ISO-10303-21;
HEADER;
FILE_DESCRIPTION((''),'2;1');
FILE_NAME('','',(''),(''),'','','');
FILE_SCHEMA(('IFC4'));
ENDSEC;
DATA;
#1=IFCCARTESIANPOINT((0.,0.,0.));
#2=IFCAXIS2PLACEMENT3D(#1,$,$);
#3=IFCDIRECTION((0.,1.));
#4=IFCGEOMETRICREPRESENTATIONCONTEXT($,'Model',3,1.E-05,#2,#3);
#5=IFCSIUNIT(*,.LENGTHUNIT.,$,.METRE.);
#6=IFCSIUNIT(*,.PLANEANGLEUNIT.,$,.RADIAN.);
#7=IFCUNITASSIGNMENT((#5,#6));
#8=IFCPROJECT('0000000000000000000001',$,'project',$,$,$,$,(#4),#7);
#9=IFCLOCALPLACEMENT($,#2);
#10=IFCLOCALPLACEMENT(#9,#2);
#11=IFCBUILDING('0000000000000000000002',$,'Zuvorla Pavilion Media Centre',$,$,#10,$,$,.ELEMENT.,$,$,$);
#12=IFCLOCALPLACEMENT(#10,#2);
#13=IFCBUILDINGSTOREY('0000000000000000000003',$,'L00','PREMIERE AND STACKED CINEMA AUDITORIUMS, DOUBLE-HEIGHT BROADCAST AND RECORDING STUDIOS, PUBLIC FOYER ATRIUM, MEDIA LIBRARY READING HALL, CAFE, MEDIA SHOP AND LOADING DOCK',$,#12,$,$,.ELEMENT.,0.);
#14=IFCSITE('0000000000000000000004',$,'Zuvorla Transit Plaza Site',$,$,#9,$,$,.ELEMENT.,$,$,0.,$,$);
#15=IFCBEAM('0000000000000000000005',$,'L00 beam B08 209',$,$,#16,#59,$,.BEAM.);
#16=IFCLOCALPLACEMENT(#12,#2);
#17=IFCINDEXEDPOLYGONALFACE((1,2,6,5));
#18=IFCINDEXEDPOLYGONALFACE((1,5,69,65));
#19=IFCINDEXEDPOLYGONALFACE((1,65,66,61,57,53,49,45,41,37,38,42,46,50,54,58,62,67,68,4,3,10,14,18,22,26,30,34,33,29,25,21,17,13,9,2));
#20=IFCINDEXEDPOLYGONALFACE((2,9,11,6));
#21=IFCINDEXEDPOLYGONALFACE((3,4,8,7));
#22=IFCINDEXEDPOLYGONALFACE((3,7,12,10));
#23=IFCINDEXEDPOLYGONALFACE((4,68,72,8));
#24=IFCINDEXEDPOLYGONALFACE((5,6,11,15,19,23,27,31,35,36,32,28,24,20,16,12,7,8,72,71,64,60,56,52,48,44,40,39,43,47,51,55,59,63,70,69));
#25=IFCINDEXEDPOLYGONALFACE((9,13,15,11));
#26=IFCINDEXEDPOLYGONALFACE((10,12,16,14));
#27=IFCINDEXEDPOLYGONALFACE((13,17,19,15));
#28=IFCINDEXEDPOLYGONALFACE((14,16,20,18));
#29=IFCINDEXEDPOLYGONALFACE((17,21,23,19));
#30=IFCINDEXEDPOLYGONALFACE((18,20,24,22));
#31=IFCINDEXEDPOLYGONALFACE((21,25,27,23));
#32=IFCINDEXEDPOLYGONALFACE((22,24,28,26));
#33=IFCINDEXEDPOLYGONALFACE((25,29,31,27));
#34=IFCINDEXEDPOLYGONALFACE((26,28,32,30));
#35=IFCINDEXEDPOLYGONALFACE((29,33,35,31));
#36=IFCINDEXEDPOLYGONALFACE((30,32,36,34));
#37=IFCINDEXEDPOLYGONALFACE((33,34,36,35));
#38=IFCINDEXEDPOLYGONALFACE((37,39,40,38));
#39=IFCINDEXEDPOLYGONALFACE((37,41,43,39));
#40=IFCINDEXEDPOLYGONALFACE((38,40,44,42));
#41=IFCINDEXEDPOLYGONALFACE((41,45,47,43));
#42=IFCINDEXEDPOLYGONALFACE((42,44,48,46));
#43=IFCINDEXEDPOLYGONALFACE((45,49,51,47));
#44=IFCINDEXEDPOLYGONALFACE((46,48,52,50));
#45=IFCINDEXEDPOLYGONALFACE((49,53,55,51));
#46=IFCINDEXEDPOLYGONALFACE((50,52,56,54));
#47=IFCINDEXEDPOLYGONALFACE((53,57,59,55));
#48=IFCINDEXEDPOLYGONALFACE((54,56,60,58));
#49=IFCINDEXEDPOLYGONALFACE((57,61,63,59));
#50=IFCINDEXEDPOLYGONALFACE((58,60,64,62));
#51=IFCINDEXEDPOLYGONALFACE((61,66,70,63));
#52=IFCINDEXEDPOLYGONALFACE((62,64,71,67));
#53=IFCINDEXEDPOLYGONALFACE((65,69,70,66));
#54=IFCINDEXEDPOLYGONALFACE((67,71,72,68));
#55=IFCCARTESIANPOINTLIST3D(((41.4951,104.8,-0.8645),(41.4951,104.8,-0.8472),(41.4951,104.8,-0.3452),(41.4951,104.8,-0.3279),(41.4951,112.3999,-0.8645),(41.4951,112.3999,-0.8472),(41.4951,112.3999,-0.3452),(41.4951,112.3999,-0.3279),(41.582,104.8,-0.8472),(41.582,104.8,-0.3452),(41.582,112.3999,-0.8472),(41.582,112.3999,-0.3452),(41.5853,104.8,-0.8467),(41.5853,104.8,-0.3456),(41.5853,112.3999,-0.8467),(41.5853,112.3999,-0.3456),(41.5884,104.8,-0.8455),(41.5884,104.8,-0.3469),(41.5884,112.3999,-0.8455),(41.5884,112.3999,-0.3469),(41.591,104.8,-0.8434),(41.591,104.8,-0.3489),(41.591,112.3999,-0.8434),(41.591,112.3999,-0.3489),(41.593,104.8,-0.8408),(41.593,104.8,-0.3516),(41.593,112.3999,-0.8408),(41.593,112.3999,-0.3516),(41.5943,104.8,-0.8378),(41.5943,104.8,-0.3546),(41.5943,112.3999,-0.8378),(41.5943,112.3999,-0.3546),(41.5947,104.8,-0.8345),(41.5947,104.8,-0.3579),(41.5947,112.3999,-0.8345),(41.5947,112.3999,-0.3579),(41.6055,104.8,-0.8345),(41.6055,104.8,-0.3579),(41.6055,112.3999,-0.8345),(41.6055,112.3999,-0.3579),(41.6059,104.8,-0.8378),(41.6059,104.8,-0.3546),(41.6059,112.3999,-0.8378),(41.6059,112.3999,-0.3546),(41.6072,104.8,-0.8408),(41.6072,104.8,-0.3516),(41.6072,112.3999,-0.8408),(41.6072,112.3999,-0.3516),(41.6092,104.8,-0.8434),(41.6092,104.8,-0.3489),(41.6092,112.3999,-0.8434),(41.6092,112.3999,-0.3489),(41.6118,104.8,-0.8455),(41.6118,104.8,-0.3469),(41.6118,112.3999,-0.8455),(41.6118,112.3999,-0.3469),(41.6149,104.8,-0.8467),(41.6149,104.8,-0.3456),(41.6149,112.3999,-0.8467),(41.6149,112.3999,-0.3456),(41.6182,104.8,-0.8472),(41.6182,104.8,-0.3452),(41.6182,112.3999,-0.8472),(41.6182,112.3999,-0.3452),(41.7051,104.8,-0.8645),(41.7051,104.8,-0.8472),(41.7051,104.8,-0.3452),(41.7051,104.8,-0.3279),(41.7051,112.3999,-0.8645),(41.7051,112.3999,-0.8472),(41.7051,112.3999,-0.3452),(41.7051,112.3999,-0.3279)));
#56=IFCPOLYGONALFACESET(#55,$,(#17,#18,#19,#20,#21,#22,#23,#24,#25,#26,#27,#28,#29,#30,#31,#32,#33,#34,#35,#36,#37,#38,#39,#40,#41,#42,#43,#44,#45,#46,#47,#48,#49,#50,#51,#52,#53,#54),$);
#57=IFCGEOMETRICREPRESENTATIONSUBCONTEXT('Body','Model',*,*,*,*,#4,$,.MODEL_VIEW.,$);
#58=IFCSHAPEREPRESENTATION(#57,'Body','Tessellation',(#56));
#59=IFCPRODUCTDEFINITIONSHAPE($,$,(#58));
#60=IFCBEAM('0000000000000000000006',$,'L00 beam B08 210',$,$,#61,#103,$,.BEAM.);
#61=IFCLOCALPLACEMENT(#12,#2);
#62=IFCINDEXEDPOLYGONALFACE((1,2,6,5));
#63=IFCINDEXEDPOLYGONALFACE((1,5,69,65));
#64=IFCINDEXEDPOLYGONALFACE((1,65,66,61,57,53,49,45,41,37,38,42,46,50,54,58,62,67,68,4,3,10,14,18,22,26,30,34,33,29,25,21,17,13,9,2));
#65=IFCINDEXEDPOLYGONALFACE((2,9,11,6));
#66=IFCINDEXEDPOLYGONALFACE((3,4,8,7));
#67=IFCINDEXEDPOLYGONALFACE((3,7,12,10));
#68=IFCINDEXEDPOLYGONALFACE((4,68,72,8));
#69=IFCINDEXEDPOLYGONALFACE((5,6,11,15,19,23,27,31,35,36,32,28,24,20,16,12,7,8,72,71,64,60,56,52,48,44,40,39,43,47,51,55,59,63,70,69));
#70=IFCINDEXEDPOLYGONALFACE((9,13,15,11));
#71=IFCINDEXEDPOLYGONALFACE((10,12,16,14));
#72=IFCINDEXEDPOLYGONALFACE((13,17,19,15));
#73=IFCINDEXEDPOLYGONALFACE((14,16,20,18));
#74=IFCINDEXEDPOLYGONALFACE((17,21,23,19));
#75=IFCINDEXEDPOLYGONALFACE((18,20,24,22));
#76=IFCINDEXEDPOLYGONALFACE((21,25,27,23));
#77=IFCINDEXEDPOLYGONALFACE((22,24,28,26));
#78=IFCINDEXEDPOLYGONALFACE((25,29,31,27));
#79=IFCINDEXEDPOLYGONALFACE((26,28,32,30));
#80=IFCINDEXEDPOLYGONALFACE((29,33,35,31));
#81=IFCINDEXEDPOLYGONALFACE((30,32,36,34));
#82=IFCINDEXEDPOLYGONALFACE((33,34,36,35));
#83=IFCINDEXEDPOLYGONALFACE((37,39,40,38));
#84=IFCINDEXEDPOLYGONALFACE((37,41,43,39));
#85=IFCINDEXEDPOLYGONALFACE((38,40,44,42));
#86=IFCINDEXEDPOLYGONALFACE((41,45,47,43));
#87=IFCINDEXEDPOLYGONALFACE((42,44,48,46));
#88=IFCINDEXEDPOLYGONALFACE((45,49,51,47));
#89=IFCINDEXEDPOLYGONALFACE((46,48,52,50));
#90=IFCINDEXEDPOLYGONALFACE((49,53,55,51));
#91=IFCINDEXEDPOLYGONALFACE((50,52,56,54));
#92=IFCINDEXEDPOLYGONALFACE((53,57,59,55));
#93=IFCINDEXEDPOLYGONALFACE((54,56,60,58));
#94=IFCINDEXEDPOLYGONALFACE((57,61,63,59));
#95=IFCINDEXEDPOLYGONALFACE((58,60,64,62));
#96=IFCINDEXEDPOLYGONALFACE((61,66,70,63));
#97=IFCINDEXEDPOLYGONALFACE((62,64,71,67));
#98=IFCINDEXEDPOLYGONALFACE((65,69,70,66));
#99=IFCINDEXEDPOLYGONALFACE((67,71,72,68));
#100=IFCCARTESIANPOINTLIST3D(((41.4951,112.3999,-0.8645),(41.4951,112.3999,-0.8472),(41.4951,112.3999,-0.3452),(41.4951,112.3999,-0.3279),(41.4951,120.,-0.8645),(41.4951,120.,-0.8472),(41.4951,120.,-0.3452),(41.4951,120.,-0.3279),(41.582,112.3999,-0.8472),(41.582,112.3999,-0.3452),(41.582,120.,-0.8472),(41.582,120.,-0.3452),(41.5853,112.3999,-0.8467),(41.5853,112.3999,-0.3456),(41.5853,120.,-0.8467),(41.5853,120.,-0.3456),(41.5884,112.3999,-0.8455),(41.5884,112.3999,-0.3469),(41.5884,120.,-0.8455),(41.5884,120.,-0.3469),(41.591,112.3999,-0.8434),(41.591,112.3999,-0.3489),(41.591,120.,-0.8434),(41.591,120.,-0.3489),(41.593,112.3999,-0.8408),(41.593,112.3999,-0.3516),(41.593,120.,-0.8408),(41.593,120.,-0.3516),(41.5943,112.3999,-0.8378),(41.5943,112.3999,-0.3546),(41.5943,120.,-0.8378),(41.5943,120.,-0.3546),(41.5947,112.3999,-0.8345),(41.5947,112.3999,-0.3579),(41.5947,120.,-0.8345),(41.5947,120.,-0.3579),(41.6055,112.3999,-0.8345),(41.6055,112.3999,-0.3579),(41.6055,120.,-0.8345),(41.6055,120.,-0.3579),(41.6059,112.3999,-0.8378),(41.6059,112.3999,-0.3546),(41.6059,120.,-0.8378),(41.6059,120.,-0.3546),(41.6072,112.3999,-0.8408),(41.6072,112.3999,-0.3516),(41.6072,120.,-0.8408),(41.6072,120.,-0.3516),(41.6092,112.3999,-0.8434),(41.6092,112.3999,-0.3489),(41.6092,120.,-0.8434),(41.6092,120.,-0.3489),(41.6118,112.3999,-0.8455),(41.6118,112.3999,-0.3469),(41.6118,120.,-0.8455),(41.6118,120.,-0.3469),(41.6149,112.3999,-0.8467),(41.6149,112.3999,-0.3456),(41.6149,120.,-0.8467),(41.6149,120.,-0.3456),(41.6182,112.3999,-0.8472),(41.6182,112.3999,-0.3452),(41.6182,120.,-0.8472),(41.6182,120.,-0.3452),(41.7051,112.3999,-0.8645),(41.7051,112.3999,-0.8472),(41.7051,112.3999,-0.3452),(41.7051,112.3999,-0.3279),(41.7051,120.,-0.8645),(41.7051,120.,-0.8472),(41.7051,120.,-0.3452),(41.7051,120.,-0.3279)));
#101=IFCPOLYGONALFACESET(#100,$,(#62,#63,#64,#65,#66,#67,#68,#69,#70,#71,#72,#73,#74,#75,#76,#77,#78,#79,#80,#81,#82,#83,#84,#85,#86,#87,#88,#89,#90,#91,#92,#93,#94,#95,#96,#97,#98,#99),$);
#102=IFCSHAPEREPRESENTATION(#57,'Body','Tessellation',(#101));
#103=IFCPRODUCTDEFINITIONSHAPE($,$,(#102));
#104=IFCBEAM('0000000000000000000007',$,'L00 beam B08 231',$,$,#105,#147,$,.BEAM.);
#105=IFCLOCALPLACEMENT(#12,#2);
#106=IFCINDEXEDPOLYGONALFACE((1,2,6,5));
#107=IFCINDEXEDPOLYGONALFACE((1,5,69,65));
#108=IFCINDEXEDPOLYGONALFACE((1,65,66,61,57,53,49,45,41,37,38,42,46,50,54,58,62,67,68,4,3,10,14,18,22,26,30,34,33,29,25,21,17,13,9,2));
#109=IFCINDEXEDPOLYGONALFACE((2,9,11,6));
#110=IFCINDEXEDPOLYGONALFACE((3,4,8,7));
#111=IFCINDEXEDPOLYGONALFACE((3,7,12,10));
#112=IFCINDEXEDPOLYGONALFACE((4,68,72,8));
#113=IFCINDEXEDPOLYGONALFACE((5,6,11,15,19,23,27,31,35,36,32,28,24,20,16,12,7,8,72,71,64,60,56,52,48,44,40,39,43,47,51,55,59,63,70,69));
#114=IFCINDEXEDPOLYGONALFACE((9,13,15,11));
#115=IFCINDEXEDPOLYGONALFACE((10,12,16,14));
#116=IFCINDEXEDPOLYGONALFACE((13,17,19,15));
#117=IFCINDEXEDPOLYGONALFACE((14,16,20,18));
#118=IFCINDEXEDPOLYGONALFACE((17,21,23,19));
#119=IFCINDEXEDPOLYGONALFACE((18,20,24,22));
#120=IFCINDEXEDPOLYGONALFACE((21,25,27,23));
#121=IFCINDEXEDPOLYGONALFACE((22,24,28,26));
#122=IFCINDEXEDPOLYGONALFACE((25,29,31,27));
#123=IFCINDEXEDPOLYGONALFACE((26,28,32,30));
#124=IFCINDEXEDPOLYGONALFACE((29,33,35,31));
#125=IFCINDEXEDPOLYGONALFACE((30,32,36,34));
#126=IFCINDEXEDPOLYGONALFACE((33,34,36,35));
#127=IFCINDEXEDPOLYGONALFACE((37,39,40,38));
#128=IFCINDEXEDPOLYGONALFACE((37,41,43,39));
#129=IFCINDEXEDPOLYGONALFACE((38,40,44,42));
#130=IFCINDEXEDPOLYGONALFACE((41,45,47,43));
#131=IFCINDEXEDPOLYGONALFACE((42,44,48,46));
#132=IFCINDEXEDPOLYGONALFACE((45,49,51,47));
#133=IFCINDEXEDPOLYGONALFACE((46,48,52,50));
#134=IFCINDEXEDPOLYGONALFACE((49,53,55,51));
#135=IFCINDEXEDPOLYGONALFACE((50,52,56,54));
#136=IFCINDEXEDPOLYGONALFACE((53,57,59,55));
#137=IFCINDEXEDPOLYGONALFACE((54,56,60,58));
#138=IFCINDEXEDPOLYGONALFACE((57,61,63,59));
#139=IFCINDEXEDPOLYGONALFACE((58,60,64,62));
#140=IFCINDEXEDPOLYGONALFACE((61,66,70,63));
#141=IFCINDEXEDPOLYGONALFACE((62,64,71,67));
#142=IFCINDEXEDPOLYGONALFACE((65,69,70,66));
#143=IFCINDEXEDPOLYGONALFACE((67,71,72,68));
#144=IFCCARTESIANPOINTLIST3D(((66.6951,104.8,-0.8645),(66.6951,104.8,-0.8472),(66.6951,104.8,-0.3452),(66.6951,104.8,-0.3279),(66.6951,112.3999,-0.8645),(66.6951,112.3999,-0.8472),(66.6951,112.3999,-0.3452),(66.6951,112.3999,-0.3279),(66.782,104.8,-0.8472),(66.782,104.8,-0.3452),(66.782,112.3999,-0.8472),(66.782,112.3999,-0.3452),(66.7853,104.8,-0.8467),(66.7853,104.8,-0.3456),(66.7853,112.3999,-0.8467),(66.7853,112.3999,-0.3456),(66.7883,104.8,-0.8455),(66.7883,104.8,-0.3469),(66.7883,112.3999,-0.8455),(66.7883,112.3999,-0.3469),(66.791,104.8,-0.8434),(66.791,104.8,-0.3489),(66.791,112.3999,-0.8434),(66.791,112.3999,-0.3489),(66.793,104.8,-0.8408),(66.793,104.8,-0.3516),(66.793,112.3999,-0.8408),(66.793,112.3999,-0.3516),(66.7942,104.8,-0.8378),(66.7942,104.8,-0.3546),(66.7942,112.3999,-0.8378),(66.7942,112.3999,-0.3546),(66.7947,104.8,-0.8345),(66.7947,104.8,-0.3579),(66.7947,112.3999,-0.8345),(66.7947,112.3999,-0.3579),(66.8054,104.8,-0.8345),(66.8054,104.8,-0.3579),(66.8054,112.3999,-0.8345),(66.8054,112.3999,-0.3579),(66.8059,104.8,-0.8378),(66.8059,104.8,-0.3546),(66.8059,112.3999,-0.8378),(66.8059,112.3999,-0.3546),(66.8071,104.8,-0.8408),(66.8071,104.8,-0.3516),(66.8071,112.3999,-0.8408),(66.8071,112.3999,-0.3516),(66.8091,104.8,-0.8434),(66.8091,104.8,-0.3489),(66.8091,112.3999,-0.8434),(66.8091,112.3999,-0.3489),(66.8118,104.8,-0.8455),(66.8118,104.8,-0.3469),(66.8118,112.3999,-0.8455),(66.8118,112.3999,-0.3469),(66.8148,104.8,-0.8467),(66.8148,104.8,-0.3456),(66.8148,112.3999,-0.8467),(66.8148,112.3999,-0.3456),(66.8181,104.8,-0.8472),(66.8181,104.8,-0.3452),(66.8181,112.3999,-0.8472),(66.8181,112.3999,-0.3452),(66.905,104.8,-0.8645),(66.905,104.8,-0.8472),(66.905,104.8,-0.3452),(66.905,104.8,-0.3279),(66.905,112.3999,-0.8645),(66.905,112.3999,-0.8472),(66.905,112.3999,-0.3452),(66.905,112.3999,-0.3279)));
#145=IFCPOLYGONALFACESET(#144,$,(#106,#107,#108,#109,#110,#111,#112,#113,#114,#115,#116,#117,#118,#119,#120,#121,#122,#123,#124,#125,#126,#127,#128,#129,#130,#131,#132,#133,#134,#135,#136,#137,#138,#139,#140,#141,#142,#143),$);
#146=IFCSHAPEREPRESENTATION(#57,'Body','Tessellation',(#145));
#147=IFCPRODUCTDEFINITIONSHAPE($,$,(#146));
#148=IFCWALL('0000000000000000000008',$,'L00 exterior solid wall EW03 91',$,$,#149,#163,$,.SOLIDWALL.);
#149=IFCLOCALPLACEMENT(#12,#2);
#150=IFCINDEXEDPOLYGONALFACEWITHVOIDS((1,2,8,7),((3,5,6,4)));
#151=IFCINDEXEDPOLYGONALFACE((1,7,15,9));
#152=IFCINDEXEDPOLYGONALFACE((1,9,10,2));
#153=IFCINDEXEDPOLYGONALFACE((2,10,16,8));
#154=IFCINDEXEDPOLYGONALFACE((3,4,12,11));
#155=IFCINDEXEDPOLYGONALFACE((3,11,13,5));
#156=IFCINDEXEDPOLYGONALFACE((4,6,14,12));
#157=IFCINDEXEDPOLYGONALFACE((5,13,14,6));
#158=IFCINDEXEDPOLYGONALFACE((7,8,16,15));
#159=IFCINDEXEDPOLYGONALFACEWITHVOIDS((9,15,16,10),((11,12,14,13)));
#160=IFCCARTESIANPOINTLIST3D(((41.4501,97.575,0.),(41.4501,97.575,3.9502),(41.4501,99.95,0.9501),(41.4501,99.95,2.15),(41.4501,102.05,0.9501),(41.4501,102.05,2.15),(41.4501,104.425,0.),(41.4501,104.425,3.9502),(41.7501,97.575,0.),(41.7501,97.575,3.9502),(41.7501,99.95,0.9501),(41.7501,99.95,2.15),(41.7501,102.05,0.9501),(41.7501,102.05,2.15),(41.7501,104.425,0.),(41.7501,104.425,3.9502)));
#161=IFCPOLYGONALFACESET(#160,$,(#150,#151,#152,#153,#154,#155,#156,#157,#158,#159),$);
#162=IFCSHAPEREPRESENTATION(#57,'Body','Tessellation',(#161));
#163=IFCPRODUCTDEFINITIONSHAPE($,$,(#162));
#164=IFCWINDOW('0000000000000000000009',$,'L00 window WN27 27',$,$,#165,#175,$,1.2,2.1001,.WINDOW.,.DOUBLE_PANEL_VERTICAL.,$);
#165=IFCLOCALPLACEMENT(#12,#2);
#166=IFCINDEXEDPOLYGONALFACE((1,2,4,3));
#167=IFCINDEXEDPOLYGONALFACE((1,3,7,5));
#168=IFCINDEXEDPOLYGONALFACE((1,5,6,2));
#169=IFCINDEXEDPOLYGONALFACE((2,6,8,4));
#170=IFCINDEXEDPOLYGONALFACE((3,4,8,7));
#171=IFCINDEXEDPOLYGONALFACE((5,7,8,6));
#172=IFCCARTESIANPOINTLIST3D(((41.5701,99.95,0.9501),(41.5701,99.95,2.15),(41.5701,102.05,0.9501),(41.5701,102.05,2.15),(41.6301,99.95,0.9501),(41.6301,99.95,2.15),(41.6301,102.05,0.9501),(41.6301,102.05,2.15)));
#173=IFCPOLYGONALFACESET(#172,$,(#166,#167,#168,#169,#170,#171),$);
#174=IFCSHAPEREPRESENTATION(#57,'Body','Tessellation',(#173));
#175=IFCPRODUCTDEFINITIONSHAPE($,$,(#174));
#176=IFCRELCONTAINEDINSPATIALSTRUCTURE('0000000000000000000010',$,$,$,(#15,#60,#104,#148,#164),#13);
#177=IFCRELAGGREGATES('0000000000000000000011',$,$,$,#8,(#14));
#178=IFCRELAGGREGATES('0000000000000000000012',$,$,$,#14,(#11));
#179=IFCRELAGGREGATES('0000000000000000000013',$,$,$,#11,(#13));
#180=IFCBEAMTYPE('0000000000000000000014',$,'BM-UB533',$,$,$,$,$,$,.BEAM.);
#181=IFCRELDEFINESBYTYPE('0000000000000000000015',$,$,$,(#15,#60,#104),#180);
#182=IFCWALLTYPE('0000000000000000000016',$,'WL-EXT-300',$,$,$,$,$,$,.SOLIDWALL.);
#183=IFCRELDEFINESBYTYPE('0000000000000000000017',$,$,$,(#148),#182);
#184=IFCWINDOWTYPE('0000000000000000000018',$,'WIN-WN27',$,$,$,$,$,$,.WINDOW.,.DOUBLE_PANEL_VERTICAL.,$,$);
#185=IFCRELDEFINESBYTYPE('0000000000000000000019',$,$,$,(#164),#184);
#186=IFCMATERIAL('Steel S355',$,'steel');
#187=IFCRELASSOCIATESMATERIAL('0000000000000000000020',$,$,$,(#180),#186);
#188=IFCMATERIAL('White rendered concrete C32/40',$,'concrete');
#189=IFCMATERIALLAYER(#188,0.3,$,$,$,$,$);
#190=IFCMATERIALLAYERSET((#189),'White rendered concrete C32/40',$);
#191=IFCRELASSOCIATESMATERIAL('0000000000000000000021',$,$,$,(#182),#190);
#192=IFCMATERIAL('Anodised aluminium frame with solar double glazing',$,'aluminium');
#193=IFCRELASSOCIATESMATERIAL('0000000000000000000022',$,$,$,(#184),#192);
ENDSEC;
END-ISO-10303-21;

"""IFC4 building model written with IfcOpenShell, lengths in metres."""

from ifc_helpers import new_model, si_unit, direction, frame, frame_2d, origin, origin_2d, place, context, subcontext, project, spatial, rectangle, i_section, extrude, material, layer, layer_set, material_profile, profile_set, type_object, element, fill, save


model = new_model("IFC4")

# Units and contexts
model_context = context("Model", 3, precision=1e-05, world=origin(), true_north=direction((0.0, 1.0)))
body_context = subcontext(model_context, "Body", "Model", "MODEL_VIEW")
ifc_project = project(units=[si_unit("LENGTHUNIT", "METRE"), si_unit("PLANEANGLEUNIT", "RADIAN")], contexts=[model_context])

# Site, building, storey
site_placement = place(None, origin())
site = spatial("IfcSite", under=ifc_project, at=site_placement, Name="Zuvorla Transit Plaza Site", CompositionType="ELEMENT", RefElevation=0.0)
building_placement = place(site_placement, origin())
building = spatial("IfcBuilding", under=site, at=building_placement, Name="Zuvorla Pavilion Media Centre", CompositionType="ELEMENT")
storey_placement = place(building_placement, origin())
storey = spatial("IfcBuildingStorey", under=building, at=storey_placement, Name="L00", Description="PREMIERE AND STACKED CINEMA AUDITORIUMS, DOUBLE-HEIGHT BROADCAST AND RECORDING STUDIOS, PUBLIC FOYER ATRIUM, MEDIA LIBRARY READING HALL, CAFE, MEDIA SHOP AND LOADING DOCK", CompositionType="ELEMENT", Elevation=0.0)

# Beams
ifc_material_1 = material(Name="Steel S355", Category="steel")
ifc_material_profile_1 = material_profile(ifc_material_1, i_section(OverallWidth=0.21, OverallDepth=0.5366, WebThickness=0.0107, FlangeThickness=0.0173, FilletRadius=0.0127, at=origin_2d()), Name="UB 533x210x101")
ifc_profile_set_1 = profile_set([ifc_material_profile_1], Name="Steel S355")
beam_type_1 = type_object("IfcBeamType", Name="BM-UB533", PredefinedType="BEAM", material=ifc_profile_set_1)
beam_1_placement = place(storey_placement, frame((41.6001, 104.8, -0.5962), z_axis=(0.0, 1.0, 0.0), x_axis=(-1.0, 0.0, 0.0)))
element("IfcBeam", 1, at=beam_1_placement, inside=storey, type_object=beam_type_1, Name="L00 beam B08 209", PredefinedType="BEAM", context=body_context, shape_type="SweptSolid", body=[
    extrude(i_section(OverallWidth=0.21, OverallDepth=0.5366, WebThickness=0.0107, FlangeThickness=0.0173, FilletRadius=0.0127, at=origin_2d()), origin(), (0.0, 0.0, 1.0), 7.5999),
])
beam_2_placement = place(storey_placement, frame((41.6001, 112.3999, -0.5962), z_axis=(0.0, 1.0, 0.0), x_axis=(-1.0, 0.0, 0.0)))
element("IfcBeam", 2, at=beam_2_placement, inside=storey, type_object=beam_type_1, Name="L00 beam B08 210", PredefinedType="BEAM", context=body_context, shape_type="SweptSolid", body=[
    extrude(i_section(OverallWidth=0.21, OverallDepth=0.5366, WebThickness=0.0107, FlangeThickness=0.0173, FilletRadius=0.0127, at=origin_2d()), origin(), (0.0, 0.0, 1.0), 7.6001),
])
beam_3_placement = place(storey_placement, frame((66.8, 104.8, -0.5962), z_axis=(0.0, 1.0, 0.0), x_axis=(-1.0, 0.0, 0.0)))
element("IfcBeam", 3, at=beam_3_placement, inside=storey, type_object=beam_type_1, Name="L00 beam B08 231", PredefinedType="BEAM", context=body_context, shape_type="SweptSolid", body=[
    extrude(i_section(OverallWidth=0.21, OverallDepth=0.5366, WebThickness=0.0107, FlangeThickness=0.0173, FilletRadius=0.0127, at=origin_2d()), origin(), (0.0, 0.0, 1.0), 7.5999),
])

# Wall, opening, window
ifc_material_2 = material(Name="White rendered concrete C32/40", Category="concrete")
ifc_layer_1 = layer(ifc_material_2, 0.3)
ifc_layer_set_1 = layer_set([ifc_layer_1], Name="White rendered concrete C32/40")
wall_type_1 = type_object("IfcWallType", Name="WL-EXT-300", PredefinedType="SOLIDWALL", material=ifc_layer_set_1)
wall_1_placement = place(storey_placement, frame((41.6001, 97.575, 0.0), z_axis=(0.0, 0.0, 1.0), x_axis=(0.0, 1.0, 0.0)))
wall_1 = element("IfcWall", 4, at=wall_1_placement, inside=storey, type_object=wall_type_1, Name="L00 exterior solid wall EW03 91", PredefinedType="SOLIDWALL", context=body_context, shape_type="SweptSolid", body=[
    extrude(rectangle(XDim=6.8501, YDim=0.3, at=frame_2d((3.425, 0.0))), origin(), (0.0, 0.0, 1.0), 3.9502),
])
opening_1_placement = place(wall_1_placement, frame((2.375, 0.0, 0.95)))
opening_1 = element("IfcOpeningElement", 5, at=opening_1_placement, cuts=wall_1, PredefinedType="OPENING", context=body_context, shape_type="SweptSolid", body=[
    extrude(rectangle(XDim=2.1001, YDim=1.2, at=frame_2d((1.05, 0.6001))), frame((0.0, 0.1599, 0.0), z_axis=(0.0, -1.0, 0.0), x_axis=(1.0, 0.0, 0.0)), (0.0, 0.0, 1.0), 0.3201),
])
ifc_material_3 = material(Name="Anodised aluminium frame with solar double glazing", Category="aluminium")
window_type_1 = type_object("IfcWindowType", Name="WIN-WN27", PartitioningType="DOUBLE_PANEL_VERTICAL", PredefinedType="WINDOW", material=ifc_material_3)
window_1_placement = place(opening_1_placement, origin())
window_1 = element("IfcWindow", 6, at=window_1_placement, inside=storey, type_object=window_type_1, Name="L00 window WN27 27", OverallHeight=1.2, OverallWidth=2.1001, PartitioningType="DOUBLE_PANEL_VERTICAL", PredefinedType="WINDOW", context=body_context, shape_type="SweptSolid", body=[
    extrude(rectangle(XDim=2.1001, YDim=1.2, at=frame_2d((1.05, 0.6001))), frame((0.0, 0.03, 0.0), z_axis=(0.0, -1.0, 0.0), x_axis=(1.0, 0.0, 0.0)), (0.0, 0.0, 1.0), 0.0601),
])
fill(opening_1, window_1)

save(model, "model.ifc")
